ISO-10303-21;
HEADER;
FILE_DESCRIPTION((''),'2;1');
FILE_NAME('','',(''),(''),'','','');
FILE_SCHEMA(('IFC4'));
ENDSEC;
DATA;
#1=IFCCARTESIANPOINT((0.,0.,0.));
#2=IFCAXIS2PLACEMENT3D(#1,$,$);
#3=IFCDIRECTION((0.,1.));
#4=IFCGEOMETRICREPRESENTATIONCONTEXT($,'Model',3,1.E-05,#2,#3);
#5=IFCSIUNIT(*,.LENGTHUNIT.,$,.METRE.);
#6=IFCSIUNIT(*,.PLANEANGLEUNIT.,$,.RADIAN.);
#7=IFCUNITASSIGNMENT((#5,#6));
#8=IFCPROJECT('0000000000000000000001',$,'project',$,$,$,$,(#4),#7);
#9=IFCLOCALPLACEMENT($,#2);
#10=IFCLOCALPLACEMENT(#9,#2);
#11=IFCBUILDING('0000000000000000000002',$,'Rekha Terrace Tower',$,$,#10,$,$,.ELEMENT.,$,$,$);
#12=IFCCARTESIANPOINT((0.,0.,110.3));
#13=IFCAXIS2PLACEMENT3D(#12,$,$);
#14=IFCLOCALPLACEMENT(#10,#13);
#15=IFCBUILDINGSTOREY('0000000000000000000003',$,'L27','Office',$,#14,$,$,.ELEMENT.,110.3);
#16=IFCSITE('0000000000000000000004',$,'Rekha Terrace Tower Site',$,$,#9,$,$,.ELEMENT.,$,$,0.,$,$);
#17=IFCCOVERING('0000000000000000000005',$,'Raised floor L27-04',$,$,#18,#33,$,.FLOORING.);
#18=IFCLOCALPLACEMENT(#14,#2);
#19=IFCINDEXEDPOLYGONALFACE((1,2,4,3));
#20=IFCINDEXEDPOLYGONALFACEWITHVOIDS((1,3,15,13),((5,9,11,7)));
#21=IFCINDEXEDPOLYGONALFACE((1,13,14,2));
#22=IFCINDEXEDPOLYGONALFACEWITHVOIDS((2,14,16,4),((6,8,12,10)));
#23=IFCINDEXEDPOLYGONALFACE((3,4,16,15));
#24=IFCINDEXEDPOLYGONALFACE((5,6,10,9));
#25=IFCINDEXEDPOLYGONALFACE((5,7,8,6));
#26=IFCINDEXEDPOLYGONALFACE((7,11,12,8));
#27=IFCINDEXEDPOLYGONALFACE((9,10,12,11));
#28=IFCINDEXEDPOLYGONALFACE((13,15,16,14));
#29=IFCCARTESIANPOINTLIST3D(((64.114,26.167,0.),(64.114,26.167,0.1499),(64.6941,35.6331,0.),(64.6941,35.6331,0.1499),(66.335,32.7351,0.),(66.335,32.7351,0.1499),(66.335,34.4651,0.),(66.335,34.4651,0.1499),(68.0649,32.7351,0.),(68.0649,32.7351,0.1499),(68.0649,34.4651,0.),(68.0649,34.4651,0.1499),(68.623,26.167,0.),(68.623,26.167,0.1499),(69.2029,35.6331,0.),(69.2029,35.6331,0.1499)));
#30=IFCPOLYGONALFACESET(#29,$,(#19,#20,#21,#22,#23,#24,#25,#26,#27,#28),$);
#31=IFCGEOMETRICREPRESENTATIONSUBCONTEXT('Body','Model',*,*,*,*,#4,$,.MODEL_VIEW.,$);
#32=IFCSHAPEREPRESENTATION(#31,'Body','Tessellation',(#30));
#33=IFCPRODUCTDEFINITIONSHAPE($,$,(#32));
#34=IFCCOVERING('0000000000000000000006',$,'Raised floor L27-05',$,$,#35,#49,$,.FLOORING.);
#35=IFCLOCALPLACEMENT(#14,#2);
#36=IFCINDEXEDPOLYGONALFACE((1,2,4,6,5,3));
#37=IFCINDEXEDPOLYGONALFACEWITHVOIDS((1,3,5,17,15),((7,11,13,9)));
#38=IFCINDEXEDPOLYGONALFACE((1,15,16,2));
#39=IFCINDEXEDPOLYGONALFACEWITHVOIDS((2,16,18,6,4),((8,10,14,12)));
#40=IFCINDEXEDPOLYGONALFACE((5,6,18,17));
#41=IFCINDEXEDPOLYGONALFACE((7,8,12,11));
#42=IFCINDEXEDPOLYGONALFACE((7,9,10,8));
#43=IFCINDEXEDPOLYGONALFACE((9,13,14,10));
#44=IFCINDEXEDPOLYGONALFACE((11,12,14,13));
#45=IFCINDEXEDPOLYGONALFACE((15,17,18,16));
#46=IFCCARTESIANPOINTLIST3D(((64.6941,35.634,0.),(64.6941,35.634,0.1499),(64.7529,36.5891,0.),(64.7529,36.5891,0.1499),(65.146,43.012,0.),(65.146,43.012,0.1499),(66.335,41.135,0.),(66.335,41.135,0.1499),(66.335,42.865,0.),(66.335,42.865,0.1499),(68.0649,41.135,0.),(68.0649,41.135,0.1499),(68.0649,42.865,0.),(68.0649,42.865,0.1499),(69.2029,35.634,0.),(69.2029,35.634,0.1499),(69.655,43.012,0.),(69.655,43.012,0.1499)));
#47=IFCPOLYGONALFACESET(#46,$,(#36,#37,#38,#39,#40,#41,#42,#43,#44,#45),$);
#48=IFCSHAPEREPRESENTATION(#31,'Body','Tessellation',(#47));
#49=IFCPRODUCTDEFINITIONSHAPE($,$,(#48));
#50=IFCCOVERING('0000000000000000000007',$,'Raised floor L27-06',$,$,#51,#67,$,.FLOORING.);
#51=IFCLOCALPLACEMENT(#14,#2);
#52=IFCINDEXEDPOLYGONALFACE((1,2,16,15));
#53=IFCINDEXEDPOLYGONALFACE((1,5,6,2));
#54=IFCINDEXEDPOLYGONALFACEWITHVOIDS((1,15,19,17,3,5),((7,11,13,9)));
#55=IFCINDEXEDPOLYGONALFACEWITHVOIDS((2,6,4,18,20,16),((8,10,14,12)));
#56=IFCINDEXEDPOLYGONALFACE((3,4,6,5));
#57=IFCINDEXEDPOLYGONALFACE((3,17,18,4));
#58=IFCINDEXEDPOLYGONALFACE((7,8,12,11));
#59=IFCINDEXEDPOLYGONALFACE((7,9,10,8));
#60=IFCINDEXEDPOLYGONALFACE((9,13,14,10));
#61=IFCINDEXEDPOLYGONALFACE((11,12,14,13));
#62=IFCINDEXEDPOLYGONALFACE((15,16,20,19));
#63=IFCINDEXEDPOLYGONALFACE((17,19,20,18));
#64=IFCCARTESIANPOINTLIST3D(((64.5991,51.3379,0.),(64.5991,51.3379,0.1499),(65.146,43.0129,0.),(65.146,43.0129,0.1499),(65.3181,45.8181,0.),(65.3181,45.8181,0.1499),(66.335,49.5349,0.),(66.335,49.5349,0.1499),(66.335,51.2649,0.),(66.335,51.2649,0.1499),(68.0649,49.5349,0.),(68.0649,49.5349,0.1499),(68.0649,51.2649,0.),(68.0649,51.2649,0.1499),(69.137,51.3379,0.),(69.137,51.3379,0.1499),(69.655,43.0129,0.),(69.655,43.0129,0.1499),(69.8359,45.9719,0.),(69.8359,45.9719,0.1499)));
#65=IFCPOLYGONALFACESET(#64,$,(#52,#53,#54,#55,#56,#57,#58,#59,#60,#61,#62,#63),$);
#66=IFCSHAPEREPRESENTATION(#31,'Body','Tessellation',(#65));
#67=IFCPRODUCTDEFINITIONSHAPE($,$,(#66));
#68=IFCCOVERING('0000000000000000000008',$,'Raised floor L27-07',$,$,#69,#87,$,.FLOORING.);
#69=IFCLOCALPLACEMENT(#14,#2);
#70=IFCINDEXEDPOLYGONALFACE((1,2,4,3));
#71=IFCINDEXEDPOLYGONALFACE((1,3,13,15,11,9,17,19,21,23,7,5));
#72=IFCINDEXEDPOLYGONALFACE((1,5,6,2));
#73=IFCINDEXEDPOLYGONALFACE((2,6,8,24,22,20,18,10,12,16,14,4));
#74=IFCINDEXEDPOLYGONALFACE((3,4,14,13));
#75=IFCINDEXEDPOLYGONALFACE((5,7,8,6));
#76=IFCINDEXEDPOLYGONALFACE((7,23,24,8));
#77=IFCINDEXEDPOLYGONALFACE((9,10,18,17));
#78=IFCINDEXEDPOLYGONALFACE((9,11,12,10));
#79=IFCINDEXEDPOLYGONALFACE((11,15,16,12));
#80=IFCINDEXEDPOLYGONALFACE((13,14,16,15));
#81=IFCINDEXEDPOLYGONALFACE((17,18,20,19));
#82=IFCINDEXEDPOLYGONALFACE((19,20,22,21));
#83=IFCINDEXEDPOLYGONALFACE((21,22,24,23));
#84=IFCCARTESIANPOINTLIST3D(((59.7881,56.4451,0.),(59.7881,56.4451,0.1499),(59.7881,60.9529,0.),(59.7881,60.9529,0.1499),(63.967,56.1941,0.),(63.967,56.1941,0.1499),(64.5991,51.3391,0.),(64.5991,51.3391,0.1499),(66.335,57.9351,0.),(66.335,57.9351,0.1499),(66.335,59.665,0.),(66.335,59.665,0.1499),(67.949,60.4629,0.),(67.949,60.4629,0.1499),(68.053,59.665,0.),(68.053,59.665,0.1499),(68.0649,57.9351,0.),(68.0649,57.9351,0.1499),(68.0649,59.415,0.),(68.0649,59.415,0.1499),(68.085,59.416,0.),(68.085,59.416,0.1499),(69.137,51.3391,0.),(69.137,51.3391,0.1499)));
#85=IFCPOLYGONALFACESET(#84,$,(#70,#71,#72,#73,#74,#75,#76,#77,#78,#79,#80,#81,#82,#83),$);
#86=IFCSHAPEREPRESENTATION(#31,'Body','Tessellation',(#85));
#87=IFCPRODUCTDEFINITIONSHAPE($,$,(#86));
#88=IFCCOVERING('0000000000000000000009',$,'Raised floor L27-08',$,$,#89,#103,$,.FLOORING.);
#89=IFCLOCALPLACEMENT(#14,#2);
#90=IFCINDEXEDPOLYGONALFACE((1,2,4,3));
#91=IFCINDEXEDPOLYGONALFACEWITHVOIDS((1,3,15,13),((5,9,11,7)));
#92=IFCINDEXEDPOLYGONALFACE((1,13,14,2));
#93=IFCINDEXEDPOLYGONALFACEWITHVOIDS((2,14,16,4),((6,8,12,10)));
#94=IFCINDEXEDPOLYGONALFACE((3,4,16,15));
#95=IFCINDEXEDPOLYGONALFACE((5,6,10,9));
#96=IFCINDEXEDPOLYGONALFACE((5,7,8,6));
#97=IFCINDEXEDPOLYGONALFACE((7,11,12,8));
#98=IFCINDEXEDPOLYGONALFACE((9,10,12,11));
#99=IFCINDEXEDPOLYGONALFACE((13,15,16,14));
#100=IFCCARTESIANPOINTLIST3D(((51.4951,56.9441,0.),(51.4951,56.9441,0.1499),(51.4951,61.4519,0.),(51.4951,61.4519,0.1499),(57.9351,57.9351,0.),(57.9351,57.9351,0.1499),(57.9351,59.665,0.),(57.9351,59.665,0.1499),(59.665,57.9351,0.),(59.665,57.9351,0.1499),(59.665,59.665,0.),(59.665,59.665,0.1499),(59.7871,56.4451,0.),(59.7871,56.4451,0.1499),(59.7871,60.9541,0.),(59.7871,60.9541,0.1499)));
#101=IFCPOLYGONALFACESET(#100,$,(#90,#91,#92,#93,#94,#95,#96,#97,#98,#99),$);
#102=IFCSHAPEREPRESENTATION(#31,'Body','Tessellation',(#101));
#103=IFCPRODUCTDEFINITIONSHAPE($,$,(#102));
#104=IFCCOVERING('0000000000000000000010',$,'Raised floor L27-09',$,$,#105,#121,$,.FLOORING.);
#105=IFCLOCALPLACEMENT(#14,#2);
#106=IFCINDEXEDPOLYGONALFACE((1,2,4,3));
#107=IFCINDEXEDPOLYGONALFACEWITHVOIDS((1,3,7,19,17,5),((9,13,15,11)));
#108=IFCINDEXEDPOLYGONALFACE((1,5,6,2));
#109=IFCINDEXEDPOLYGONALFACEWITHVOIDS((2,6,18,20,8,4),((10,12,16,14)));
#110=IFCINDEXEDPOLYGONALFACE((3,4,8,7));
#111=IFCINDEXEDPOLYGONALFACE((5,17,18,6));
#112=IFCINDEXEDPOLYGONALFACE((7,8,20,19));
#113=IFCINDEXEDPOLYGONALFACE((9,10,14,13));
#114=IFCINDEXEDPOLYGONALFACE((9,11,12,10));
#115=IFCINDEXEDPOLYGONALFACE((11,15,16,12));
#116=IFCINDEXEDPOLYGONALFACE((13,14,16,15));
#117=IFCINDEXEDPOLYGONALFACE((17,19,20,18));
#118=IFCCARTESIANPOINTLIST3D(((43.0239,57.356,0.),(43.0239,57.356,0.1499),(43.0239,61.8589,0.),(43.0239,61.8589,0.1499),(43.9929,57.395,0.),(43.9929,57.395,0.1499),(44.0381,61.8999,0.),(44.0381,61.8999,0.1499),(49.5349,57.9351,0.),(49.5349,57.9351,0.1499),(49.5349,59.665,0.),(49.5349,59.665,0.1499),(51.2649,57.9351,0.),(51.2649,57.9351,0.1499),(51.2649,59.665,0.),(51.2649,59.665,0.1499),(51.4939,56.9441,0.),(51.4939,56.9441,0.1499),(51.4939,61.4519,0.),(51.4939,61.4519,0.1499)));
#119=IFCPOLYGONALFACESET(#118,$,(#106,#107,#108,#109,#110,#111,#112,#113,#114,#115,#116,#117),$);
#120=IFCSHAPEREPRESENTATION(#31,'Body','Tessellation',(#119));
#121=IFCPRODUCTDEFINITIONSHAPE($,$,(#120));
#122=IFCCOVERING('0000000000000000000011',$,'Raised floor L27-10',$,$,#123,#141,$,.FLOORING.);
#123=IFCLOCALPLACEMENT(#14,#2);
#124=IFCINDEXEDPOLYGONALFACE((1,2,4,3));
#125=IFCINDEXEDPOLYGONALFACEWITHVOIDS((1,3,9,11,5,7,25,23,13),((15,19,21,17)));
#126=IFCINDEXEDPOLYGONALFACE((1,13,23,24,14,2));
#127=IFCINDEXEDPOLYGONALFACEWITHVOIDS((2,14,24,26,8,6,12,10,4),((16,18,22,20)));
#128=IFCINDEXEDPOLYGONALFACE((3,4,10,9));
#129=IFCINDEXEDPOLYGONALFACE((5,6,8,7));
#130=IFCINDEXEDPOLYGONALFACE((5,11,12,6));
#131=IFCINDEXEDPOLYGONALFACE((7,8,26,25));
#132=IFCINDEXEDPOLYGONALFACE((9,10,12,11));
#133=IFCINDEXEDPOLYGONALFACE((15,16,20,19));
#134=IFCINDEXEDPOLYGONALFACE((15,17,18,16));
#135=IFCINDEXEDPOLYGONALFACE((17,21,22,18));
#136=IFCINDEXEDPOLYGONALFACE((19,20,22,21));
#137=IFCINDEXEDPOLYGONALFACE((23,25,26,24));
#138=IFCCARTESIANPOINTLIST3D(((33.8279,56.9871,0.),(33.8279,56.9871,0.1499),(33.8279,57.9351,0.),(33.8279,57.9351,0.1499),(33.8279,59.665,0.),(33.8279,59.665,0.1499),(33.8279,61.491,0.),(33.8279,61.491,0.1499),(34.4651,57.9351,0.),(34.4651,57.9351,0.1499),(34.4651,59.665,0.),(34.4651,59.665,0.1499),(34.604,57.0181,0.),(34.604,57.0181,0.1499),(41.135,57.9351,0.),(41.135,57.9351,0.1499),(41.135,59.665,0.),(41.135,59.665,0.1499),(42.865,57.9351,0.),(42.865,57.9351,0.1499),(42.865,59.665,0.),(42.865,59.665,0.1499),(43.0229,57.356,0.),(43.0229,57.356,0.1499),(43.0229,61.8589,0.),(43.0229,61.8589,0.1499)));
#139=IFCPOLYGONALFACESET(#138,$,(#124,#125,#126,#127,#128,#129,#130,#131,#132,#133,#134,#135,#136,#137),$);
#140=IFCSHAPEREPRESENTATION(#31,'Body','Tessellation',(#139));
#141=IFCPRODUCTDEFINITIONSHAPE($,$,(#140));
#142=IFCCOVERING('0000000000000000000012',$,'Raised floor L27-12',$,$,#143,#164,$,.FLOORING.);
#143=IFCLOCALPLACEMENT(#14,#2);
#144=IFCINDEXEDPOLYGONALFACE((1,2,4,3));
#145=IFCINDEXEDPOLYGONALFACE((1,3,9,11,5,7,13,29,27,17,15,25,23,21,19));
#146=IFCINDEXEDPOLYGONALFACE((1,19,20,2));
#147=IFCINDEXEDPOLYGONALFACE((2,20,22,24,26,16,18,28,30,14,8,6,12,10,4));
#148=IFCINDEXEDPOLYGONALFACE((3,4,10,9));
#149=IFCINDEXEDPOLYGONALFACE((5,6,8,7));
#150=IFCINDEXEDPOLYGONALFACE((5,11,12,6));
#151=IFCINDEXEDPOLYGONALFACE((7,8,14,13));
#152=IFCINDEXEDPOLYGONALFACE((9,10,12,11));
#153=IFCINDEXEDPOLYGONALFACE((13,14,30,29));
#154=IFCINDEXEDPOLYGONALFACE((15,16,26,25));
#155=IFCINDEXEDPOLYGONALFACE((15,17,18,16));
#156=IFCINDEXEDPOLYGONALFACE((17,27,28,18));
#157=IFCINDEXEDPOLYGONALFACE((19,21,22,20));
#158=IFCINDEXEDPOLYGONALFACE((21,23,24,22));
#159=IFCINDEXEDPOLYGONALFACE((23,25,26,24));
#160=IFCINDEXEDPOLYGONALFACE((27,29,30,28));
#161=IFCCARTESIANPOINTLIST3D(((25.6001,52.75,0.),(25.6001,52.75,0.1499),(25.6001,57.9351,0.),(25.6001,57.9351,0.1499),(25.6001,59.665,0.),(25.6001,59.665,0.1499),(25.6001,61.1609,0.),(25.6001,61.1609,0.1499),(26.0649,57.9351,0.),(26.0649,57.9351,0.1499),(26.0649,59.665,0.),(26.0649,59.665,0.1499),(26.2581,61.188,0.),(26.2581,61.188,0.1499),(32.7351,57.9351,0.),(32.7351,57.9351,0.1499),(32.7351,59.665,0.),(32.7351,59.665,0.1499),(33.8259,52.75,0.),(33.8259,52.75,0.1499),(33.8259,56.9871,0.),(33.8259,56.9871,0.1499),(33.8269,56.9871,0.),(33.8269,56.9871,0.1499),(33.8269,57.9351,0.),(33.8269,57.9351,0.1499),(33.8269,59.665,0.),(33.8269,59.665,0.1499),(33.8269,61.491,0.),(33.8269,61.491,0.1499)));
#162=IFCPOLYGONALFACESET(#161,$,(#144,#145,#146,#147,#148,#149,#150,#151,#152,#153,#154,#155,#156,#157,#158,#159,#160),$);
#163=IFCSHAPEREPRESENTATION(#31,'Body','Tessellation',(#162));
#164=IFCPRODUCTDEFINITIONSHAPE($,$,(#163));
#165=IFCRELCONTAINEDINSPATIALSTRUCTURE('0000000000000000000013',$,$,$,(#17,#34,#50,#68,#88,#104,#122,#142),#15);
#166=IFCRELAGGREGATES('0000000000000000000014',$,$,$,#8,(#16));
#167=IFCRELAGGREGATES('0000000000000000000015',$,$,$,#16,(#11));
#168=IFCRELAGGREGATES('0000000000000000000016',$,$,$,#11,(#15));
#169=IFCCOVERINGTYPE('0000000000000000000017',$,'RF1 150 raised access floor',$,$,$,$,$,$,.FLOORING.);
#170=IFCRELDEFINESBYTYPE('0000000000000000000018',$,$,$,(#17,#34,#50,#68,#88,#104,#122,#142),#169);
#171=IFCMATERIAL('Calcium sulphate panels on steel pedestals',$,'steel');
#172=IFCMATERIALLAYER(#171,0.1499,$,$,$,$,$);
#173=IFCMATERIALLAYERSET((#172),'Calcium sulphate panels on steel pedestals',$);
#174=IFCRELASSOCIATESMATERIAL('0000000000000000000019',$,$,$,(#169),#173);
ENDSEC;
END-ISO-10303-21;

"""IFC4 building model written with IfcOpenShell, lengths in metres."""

from ifc_helpers import new_model, si_unit, direction, frame, origin, place, context, subcontext, project, spatial, polyline, outline, extrude, material, layer, layer_set, type_object, element, save


model = new_model("IFC4")

# Units and contexts
model_context = context("Model", 3, precision=1e-05, world=origin(), true_north=direction((0.0, 1.0)))
body_context = subcontext(model_context, "Body", "Model", "MODEL_VIEW")
ifc_project = project(units=[si_unit("LENGTHUNIT", "METRE"), si_unit("PLANEANGLEUNIT", "RADIAN")], contexts=[model_context])

# Site, building, storey
site_placement = place(None, origin())
site = spatial("IfcSite", under=ifc_project, at=site_placement, Name="Rekha Terrace Tower Site", CompositionType="ELEMENT", RefElevation=0.0)
building_placement = place(site_placement, origin())
building = spatial("IfcBuilding", under=site, at=building_placement, Name="Rekha Terrace Tower", CompositionType="ELEMENT")
storey_placement = place(building_placement, frame((0.0, 0.0, 110.3)))
storey = spatial("IfcBuildingStorey", under=building, at=storey_placement, Name="L27", Description="Office", CompositionType="ELEMENT", Elevation=110.3)

# Coverings
ifc_material_1 = material(Name="Calcium sulphate panels on steel pedestals", Category="steel")
ifc_layer_1 = layer(ifc_material_1, 0.1499)
ifc_layer_set_1 = layer_set([ifc_layer_1], Name="Calcium sulphate panels on steel pedestals")
covering_type_1 = type_object("IfcCoveringType", Name="RF1 150 raised access floor", PredefinedType="FLOORING", material=ifc_layer_set_1)
covering_1_placement = place(storey_placement, origin())
element("IfcCovering", 1, at=covering_1_placement, inside=storey, type_object=covering_type_1, Name="Raised floor L27-04", PredefinedType="FLOORING", context=body_context, shape_type="SweptSolid", body=[
    extrude(outline(polyline([(64.114, 26.167), (68.623, 26.167), (69.2029, 35.6331), (64.6941, 35.6331), (64.114, 26.167)]), holes=[polyline([(68.0649, 34.4651), (68.0649, 32.7351), (66.335, 32.7351), (66.335, 34.4651), (68.0649, 34.4651)])]), origin(), (0.0, 0.0, 1.0), 0.1499),
])
covering_2_placement = place(storey_placement, origin())
element("IfcCovering", 2, at=covering_2_placement, inside=storey, type_object=covering_type_1, Name="Raised floor L27-05", PredefinedType="FLOORING", context=body_context, shape_type="SweptSolid", body=[
    extrude(outline(polyline([(69.655, 43.012), (65.146, 43.012), (64.7529, 36.5891), (64.6941, 35.634), (69.2029, 35.634), (69.655, 43.012)]), holes=[polyline([(68.0649, 41.135), (66.335, 41.135), (66.335, 42.865), (68.0649, 42.865), (68.0649, 41.135)])]), origin(), (0.0, 0.0, 1.0), 0.1499),
])
covering_3_placement = place(storey_placement, origin())
element("IfcCovering", 3, at=covering_3_placement, inside=storey, type_object=covering_type_1, Name="Raised floor L27-06", PredefinedType="FLOORING", context=body_context, shape_type="SweptSolid", body=[
    extrude(outline(polyline([(69.8359, 45.9719), (69.137, 51.3379), (64.5991, 51.3379), (65.3181, 45.8181), (65.146, 43.0129), (69.655, 43.0129), (69.8359, 45.9719)]), holes=[polyline([(68.0649, 49.5349), (66.335, 49.5349), (66.335, 51.2649), (68.0649, 51.2649), (68.0649, 49.5349)])]), origin(), (0.0, 0.0, 1.0), 0.1499),
])
covering_4_placement = place(storey_placement, origin())
element("IfcCovering", 4, at=covering_4_placement, inside=storey, type_object=covering_type_1, Name="Raised floor L27-07", PredefinedType="FLOORING", context=body_context, shape_type="SweptSolid", body=[
    extrude(outline(polyline([(67.949, 60.4629), (59.7881, 60.9529), (59.7881, 56.4451), (63.967, 56.1941), (64.5991, 51.3391), (69.137, 51.3391), (68.085, 59.416), (68.0649, 59.415), (68.0649, 57.9351), (66.335, 57.9351), (66.335, 59.665), (68.053, 59.665), (67.949, 60.4629)])), origin(), (0.0, 0.0, 1.0), 0.1499),
])
covering_5_placement = place(storey_placement, origin())
element("IfcCovering", 5, at=covering_5_placement, inside=storey, type_object=covering_type_1, Name="Raised floor L27-08", PredefinedType="FLOORING", context=body_context, shape_type="SweptSolid", body=[
    extrude(outline(polyline([(59.7871, 56.4451), (59.7871, 60.9541), (51.4951, 61.4519), (51.4951, 56.9441), (59.7871, 56.4451)]), holes=[polyline([(59.665, 57.9351), (57.9351, 57.9351), (57.9351, 59.665), (59.665, 59.665), (59.665, 57.9351)])]), origin(), (0.0, 0.0, 1.0), 0.1499),
])
covering_6_placement = place(storey_placement, origin())
element("IfcCovering", 6, at=covering_6_placement, inside=storey, type_object=covering_type_1, Name="Raised floor L27-09", PredefinedType="FLOORING", context=body_context, shape_type="SweptSolid", body=[
    extrude(outline(polyline([(44.0381, 61.8999), (43.0239, 61.8589), (43.0239, 57.356), (43.9929, 57.395), (51.4939, 56.9441), (51.4939, 61.4519), (44.0381, 61.8999)]), holes=[polyline([(51.2649, 57.9351), (49.5349, 57.9351), (49.5349, 59.665), (51.2649, 59.665), (51.2649, 57.9351)])]), origin(), (0.0, 0.0, 1.0), 0.1499),
])
covering_7_placement = place(storey_placement, origin())
element("IfcCovering", 7, at=covering_7_placement, inside=storey, type_object=covering_type_1, Name="Raised floor L27-10", PredefinedType="FLOORING", context=body_context, shape_type="SweptSolid", body=[
    extrude(outline(polyline([(34.4651, 57.9351), (33.8279, 57.9351), (33.8279, 56.9871), (34.604, 57.0181), (43.0229, 57.356), (43.0229, 61.8589), (33.8279, 61.491), (33.8279, 59.665), (34.4651, 59.665), (34.4651, 57.9351)]), holes=[polyline([(42.865, 57.9351), (41.135, 57.9351), (41.135, 59.665), (42.865, 59.665), (42.865, 57.9351)])]), origin(), (0.0, 0.0, 1.0), 0.1499),
])
covering_8_placement = place(storey_placement, origin())
element("IfcCovering", 8, at=covering_8_placement, inside=storey, type_object=covering_type_1, Name="Raised floor L27-12", PredefinedType="FLOORING", context=body_context, shape_type="SweptSolid", body=[
    extrude(outline(polyline([(25.6001, 52.75), (33.8259, 52.75), (33.8259, 56.9871), (33.8269, 56.9871), (33.8269, 57.9351), (32.7351, 57.9351), (32.7351, 59.665), (33.8269, 59.665), (33.8269, 61.491), (26.2581, 61.188), (25.6001, 61.1609), (25.6001, 59.665), (26.0649, 59.665), (26.0649, 57.9351), (25.6001, 57.9351), (25.6001, 52.75)])), origin(), (0.0, 0.0, 1.0), 0.1499),
])

save(model, "model.ifc")
